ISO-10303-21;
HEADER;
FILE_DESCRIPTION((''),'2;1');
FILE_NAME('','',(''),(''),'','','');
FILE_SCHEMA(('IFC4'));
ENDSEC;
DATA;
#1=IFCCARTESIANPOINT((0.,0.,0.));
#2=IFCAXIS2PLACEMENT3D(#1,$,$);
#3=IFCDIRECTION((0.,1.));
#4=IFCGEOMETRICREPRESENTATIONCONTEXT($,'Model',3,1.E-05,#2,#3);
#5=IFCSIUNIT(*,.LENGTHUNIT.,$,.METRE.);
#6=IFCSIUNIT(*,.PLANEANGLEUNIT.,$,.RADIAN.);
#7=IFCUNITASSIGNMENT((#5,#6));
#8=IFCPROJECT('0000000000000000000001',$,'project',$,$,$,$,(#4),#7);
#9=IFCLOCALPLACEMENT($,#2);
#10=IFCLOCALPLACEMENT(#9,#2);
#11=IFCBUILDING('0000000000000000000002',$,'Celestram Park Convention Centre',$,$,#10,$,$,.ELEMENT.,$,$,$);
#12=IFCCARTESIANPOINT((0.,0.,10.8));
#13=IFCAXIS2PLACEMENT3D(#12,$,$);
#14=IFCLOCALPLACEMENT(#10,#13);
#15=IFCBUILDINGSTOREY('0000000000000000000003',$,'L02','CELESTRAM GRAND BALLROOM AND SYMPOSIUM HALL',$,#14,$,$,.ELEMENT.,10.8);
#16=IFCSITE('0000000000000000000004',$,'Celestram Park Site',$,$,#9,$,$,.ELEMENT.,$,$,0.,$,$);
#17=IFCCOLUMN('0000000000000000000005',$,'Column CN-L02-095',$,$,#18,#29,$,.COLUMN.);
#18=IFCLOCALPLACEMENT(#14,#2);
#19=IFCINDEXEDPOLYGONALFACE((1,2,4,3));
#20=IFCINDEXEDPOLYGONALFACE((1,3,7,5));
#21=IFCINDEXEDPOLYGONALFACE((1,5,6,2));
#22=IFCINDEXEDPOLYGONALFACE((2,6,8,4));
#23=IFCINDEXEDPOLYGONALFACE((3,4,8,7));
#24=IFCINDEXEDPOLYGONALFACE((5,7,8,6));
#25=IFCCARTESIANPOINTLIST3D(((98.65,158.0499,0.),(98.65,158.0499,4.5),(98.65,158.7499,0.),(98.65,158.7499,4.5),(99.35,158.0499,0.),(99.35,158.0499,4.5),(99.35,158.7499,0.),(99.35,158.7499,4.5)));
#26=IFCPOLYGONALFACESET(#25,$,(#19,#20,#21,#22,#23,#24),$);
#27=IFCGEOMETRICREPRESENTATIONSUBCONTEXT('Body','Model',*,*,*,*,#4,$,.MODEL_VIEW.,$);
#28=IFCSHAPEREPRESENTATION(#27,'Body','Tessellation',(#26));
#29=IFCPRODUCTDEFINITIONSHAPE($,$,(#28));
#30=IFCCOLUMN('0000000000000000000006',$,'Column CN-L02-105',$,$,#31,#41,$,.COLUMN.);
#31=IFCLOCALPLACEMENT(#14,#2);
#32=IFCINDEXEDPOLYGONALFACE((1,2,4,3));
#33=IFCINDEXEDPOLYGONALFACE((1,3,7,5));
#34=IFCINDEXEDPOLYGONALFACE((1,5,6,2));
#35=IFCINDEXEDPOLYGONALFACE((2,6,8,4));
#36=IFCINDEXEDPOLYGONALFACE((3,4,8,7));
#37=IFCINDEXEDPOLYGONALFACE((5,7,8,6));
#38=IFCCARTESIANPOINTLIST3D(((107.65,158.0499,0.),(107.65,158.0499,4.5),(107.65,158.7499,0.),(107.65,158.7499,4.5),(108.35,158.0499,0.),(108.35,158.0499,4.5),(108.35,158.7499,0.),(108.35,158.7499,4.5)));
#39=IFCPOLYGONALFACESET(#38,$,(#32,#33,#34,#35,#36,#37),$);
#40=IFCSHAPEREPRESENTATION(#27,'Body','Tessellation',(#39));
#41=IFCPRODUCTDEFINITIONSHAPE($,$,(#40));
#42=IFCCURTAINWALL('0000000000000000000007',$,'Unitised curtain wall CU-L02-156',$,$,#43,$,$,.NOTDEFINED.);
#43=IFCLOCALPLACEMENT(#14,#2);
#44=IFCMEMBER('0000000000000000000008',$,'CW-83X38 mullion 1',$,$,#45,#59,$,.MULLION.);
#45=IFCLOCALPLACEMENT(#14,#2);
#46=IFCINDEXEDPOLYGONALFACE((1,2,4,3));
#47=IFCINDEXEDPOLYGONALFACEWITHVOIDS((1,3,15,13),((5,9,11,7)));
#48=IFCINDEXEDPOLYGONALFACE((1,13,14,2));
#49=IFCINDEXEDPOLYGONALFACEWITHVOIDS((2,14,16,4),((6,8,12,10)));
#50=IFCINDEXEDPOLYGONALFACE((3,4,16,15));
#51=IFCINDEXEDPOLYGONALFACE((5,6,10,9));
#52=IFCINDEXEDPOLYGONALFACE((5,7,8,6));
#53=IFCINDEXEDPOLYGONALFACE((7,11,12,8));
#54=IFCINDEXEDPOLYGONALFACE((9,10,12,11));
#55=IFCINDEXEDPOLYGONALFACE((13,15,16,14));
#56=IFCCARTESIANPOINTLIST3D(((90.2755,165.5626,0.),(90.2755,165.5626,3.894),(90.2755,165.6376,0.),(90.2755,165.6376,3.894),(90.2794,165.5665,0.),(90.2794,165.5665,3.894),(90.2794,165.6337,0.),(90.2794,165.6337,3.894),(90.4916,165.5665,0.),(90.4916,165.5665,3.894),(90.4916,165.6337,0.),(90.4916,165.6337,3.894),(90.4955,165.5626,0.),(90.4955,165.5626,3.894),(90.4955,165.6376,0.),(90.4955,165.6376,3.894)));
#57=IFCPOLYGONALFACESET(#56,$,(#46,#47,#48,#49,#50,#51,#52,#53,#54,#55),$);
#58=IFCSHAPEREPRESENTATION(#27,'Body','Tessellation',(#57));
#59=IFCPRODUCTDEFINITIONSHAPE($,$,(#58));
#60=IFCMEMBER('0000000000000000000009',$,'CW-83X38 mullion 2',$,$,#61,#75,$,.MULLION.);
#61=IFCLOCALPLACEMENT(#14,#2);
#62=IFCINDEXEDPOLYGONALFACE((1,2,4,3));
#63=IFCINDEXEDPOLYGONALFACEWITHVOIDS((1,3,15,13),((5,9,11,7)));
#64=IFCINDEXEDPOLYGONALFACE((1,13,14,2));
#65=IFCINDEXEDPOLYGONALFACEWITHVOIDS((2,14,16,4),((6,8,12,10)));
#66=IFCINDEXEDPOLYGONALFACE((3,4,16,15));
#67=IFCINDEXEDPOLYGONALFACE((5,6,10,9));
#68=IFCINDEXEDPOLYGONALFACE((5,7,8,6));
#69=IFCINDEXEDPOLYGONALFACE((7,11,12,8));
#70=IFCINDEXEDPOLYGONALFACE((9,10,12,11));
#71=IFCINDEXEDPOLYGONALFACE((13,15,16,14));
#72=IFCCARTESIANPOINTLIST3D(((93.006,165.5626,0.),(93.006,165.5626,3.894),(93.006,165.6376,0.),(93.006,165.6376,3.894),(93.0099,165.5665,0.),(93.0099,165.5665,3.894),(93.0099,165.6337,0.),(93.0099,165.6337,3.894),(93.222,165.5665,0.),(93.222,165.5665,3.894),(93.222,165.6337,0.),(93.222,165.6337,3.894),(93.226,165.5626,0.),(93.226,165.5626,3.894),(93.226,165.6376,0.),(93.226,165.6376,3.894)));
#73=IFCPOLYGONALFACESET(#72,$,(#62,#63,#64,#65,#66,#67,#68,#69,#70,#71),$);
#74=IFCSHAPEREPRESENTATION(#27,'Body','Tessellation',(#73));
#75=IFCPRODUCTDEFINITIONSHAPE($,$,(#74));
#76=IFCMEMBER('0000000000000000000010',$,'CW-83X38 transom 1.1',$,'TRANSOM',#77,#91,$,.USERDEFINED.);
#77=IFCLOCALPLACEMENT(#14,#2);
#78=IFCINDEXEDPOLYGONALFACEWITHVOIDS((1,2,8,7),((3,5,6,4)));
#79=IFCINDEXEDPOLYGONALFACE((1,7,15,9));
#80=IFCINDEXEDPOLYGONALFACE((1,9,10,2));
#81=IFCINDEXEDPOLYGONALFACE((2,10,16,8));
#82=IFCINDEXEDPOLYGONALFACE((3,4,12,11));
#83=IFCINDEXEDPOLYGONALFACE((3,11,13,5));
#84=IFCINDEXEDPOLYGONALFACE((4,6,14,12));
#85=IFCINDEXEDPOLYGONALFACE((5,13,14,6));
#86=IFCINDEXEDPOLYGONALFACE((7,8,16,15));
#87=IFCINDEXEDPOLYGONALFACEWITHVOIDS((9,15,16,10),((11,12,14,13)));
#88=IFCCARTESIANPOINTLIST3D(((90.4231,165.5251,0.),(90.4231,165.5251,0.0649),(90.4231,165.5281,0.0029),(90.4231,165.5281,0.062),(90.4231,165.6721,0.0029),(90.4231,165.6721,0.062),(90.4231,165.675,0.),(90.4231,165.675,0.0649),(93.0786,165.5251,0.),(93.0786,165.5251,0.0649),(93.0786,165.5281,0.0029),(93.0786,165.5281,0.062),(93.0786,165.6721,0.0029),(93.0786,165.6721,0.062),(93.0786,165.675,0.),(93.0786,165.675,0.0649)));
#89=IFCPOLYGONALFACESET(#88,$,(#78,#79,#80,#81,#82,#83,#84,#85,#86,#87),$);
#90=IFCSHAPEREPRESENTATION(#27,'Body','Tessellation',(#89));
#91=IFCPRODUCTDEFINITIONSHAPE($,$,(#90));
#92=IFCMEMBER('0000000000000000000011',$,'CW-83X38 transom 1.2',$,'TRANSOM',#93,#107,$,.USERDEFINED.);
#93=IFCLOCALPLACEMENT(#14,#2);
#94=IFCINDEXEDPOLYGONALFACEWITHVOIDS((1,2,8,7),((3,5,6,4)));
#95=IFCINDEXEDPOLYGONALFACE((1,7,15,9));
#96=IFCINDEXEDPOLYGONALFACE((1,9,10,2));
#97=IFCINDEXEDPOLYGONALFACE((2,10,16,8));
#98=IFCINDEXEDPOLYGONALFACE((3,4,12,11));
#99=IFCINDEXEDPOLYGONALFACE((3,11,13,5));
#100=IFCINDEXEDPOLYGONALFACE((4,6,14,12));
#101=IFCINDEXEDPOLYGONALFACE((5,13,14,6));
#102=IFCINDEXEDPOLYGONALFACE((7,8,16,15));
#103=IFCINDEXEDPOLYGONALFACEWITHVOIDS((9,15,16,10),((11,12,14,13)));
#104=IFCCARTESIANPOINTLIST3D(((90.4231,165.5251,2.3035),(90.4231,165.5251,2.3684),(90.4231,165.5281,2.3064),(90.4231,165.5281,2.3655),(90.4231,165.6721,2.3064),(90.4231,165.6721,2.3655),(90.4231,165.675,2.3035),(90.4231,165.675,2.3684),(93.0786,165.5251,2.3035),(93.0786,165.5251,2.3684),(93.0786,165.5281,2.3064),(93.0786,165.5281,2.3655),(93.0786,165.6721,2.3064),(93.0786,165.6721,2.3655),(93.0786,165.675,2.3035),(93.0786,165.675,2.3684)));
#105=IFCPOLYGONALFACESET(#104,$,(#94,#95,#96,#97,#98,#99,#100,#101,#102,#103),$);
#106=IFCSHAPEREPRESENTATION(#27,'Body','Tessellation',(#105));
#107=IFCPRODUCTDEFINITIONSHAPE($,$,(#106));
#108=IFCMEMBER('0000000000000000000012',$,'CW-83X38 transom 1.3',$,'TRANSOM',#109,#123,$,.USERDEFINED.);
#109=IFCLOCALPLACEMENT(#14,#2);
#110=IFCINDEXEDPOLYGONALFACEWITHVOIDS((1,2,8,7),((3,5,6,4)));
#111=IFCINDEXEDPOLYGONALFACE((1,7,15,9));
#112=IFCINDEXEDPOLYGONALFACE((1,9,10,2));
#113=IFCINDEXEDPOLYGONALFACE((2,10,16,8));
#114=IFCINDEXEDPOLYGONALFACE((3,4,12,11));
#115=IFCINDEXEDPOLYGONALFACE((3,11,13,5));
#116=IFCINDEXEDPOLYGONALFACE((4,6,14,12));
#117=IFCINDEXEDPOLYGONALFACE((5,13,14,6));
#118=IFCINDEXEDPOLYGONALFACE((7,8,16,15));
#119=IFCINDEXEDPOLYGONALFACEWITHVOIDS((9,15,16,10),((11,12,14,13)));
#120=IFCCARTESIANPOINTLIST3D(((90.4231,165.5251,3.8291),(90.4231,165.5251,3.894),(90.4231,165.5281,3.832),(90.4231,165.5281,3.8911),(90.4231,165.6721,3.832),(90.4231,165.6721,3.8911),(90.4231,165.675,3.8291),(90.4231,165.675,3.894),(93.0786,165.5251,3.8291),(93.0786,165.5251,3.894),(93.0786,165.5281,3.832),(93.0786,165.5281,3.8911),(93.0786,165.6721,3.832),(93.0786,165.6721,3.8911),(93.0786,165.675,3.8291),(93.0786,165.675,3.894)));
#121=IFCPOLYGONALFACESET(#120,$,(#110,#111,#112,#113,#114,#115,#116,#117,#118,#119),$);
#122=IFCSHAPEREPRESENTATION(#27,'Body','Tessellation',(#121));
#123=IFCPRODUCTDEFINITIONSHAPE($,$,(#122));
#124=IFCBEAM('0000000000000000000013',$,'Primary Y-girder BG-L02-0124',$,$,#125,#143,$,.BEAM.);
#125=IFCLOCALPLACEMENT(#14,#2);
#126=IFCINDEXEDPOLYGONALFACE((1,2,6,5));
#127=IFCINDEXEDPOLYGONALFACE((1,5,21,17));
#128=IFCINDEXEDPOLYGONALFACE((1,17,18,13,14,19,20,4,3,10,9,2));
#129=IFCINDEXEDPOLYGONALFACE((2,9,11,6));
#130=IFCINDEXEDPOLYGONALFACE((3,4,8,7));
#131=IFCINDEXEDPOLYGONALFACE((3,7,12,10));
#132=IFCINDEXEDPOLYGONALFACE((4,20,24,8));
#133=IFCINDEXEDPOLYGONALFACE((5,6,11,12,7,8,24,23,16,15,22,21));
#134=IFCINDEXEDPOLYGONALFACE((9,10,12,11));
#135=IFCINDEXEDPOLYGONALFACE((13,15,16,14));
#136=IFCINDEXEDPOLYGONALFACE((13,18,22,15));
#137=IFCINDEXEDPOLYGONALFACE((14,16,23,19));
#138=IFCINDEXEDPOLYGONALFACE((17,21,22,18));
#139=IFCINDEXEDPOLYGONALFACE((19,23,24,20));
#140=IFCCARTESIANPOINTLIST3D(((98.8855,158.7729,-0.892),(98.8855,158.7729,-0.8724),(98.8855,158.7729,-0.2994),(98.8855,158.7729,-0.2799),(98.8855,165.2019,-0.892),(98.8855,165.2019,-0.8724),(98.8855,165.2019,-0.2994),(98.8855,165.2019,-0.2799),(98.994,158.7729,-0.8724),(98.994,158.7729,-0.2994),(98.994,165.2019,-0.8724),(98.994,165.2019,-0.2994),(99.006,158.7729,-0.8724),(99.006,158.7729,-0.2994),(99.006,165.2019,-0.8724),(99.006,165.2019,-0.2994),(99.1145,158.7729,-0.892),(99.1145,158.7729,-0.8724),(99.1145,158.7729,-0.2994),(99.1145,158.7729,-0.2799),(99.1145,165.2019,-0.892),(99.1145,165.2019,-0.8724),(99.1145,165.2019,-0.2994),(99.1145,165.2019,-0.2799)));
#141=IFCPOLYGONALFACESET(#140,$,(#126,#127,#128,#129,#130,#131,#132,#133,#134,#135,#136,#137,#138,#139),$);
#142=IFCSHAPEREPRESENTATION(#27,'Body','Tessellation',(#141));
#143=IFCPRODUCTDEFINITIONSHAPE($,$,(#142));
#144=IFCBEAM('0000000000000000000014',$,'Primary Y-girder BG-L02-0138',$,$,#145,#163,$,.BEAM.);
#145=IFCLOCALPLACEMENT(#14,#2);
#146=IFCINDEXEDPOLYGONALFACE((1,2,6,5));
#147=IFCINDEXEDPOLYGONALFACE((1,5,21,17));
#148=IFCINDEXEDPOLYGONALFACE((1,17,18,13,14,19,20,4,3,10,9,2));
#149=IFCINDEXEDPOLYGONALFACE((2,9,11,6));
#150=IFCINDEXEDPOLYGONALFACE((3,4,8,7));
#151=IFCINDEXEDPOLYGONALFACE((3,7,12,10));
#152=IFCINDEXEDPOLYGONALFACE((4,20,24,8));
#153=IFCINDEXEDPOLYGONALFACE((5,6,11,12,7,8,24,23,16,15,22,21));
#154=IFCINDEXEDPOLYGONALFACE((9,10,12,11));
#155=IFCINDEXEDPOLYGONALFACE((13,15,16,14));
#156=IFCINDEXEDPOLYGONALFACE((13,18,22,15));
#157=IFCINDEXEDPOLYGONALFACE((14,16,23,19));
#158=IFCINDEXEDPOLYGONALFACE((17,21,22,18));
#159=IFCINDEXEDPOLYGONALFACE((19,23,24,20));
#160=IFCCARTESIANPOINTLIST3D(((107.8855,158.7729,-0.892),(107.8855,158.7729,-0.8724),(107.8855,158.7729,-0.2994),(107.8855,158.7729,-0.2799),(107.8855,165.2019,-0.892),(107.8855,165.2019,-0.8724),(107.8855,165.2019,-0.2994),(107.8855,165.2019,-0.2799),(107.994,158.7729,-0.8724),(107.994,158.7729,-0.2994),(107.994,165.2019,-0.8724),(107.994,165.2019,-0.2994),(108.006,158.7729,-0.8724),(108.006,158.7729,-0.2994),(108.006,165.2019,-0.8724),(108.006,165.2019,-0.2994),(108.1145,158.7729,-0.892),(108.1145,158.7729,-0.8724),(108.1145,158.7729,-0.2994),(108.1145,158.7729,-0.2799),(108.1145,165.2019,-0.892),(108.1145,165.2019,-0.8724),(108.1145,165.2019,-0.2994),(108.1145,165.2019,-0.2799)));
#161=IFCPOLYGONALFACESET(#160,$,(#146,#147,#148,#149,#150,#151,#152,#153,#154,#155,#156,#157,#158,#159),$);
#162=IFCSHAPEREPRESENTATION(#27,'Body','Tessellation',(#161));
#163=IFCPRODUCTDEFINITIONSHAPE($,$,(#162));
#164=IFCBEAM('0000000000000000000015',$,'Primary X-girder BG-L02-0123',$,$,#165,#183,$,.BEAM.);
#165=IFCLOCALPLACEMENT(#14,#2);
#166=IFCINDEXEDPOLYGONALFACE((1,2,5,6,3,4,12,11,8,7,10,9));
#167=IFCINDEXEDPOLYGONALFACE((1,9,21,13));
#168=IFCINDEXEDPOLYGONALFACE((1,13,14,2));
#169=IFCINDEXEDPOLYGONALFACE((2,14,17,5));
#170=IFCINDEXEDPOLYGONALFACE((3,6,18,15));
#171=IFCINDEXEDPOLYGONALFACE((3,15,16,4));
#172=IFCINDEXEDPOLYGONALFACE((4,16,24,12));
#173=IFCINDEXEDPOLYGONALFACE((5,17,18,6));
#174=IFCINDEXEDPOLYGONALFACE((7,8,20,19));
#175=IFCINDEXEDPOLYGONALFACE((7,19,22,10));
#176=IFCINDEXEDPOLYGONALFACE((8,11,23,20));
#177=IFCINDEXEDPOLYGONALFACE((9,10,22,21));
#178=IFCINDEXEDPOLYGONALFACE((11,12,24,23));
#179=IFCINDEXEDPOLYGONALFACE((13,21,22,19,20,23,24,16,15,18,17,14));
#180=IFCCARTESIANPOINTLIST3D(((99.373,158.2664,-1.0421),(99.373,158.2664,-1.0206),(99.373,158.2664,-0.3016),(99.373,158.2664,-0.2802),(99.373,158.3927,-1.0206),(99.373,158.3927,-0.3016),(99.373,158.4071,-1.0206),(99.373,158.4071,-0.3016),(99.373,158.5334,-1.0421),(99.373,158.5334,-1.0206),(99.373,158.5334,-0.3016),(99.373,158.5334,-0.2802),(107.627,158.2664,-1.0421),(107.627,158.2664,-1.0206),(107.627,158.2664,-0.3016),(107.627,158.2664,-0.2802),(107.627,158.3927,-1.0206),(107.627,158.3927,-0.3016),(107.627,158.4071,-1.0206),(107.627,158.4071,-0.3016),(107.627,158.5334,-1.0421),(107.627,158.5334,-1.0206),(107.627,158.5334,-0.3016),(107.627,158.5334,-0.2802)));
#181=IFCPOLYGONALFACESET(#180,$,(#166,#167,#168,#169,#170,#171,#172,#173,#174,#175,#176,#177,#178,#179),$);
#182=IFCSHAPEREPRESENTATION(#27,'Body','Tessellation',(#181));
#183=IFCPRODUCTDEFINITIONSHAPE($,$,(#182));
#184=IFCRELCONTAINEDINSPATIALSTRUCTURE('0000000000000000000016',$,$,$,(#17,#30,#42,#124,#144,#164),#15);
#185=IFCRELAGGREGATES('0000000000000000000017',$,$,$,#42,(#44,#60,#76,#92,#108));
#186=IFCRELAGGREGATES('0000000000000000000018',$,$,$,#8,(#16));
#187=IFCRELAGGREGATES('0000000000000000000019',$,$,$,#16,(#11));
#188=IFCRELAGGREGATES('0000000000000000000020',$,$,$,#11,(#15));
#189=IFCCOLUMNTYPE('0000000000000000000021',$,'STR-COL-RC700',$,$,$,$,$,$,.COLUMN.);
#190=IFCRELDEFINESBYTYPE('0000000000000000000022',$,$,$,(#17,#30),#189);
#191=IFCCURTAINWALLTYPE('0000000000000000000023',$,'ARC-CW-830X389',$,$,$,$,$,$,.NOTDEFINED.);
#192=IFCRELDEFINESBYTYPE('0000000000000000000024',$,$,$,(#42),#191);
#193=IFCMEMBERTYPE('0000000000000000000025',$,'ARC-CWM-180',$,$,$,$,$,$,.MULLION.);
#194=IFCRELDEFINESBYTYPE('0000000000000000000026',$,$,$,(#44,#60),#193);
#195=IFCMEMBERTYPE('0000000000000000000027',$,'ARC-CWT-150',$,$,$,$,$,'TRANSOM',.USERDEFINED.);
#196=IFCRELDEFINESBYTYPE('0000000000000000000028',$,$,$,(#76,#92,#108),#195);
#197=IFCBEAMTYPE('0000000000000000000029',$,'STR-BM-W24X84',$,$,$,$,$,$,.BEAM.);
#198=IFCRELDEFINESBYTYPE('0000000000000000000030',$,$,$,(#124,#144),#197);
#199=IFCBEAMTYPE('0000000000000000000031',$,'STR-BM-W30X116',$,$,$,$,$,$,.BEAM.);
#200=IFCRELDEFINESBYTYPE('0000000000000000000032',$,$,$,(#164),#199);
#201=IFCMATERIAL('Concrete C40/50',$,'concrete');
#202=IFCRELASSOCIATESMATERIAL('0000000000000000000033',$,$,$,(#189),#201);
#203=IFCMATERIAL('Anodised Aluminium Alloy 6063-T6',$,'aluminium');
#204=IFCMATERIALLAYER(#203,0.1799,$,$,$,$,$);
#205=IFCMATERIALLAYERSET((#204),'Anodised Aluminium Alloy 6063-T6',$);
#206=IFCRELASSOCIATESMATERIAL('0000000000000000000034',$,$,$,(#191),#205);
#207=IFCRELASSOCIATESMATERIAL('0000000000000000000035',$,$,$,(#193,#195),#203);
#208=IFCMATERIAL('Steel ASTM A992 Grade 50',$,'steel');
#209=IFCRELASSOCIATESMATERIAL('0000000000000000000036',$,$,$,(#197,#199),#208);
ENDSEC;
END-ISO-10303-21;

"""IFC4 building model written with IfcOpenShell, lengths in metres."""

from ifc_helpers import new_model, si_unit, direction, frame, origin, origin_2d, place, context, subcontext, project, spatial, rectangle, hollow_rectangle, i_section, extrude, material, layer, layer_set, material_profile, profile_set, type_object, element, aggregate, save


model = new_model("IFC4")

# Units and contexts
model_context = context("Model", 3, precision=1e-05, world=origin(), true_north=direction((0.0, 1.0)))
body_context = subcontext(model_context, "Body", "Model", "MODEL_VIEW")
ifc_project = project(units=[si_unit("LENGTHUNIT", "METRE"), si_unit("PLANEANGLEUNIT", "RADIAN")], contexts=[model_context])

# Site, building, storey
site_placement = place(None, origin())
site = spatial("IfcSite", under=ifc_project, at=site_placement, Name="Celestram Park Site", CompositionType="ELEMENT", RefElevation=0.0)
building_placement = place(site_placement, origin())
building = spatial("IfcBuilding", under=site, at=building_placement, Name="Celestram Park Convention Centre", CompositionType="ELEMENT")
storey_placement = place(building_placement, frame((0.0, 0.0, 10.8)))
storey = spatial("IfcBuildingStorey", under=building, at=storey_placement, Name="L02", Description="CELESTRAM GRAND BALLROOM AND SYMPOSIUM HALL", CompositionType="ELEMENT", Elevation=10.8)

# Columns
ifc_material_1 = material(Name="Concrete C40/50", Category="concrete")
ifc_material_profile_1 = material_profile(ifc_material_1, rectangle(XDim=0.7, YDim=0.7, at=origin_2d()), Name="RC700X700")
ifc_profile_set_1 = profile_set([ifc_material_profile_1], Name="Concrete C40/50")
column_type = type_object("IfcColumnType", Name="STR-COL-RC700", PredefinedType="COLUMN", material=ifc_profile_set_1)
for number, where, z_axis, x_axis, name in (
    (1, (99.0, 158.3999, 0.0), (0.0, 0.0, 1.0), (1.0, 0.0, 0.0), "Column CN-L02-095"),
    (2, (108.0, 158.3999, 0.0), (0.0, 0.0, 1.0), (1.0, 0.0, 0.0), "Column CN-L02-105"),
):
    element("IfcColumn", number, at=place(storey_placement, frame(where, z_axis=z_axis, x_axis=x_axis)), inside=storey, type_object=column_type, Name=name, PredefinedType="COLUMN", context=body_context, shape_type="SweptSolid", body=[
        extrude(rectangle(XDim=0.7, YDim=0.7, at=origin_2d()), origin(), (0.0, 0.0, 1.0), 4.5),
    ])

# Curtain wall, members
ifc_material_2 = material(Name="Anodised Aluminium Alloy 6063-T6", Category="aluminium")
ifc_layer_1 = layer(ifc_material_2, 0.1799)
ifc_layer_set_1 = layer_set([ifc_layer_1], Name="Anodised Aluminium Alloy 6063-T6")
curtain_wall_type = type_object("IfcCurtainWallType", Name="ARC-CW-830X389", PredefinedType="NOTDEFINED", material=ifc_layer_set_1)
curtain_wall_placement = place(storey_placement, origin())
curtain_wall = element("IfcCurtainWall", 3, at=curtain_wall_placement, inside=storey, type_object=curtain_wall_type, Name="Unitised curtain wall CU-L02-156", PredefinedType="NOTDEFINED")
ifc_material_profile_2 = material_profile(ifc_material_2, hollow_rectangle(XDim=0.075, YDim=0.22, WallThickness=0.0039, at=origin_2d()), Name="ALU75X220X4")
ifc_profile_set_2 = profile_set([ifc_material_profile_2], Name="Anodised Aluminium Alloy 6063-T6")
member_type_1 = type_object("IfcMemberType", Name="ARC-CWM-180", PredefinedType="MULLION", material=ifc_profile_set_2)
member_1_placement = place(storey_placement, frame((90.3855, 165.6001, 0.0), z_axis=(0.0, 0.0, 1.0), x_axis=(0.0, 1.0, 0.0)))
member_1 = element("IfcMember", 4, at=member_1_placement, type_object=member_type_1, Name="CW-83X38 mullion 1", PredefinedType="MULLION", context=body_context, shape_type="SweptSolid", body=[
    extrude(hollow_rectangle(XDim=0.075, YDim=0.22, WallThickness=0.0039, at=origin_2d()), origin(), (0.0, 0.0, 1.0), 3.894),
])
member_2_placement = place(storey_placement, frame((93.116, 165.6001, 0.0), z_axis=(0.0, 0.0, 1.0), x_axis=(0.0, 1.0, 0.0)))
member_2 = element("IfcMember", 5, at=member_2_placement, type_object=member_type_1, Name="CW-83X38 mullion 2", PredefinedType="MULLION", context=body_context, shape_type="SweptSolid", body=[
    extrude(hollow_rectangle(XDim=0.075, YDim=0.22, WallThickness=0.0039, at=origin_2d()), origin(), (0.0, 0.0, 1.0), 3.894),
])
ifc_material_profile_3 = material_profile(ifc_material_2, hollow_rectangle(XDim=0.1499, YDim=0.0649, WallThickness=0.0029, at=origin_2d()), Name="ALU150X65X3")
ifc_profile_set_3 = profile_set([ifc_material_profile_3], Name="Anodised Aluminium Alloy 6063-T6")
member_type_2 = type_object("IfcMemberType", Name="ARC-CWT-150", ElementType="TRANSOM", PredefinedType="USERDEFINED", material=ifc_profile_set_3)
member_3_placement = place(storey_placement, frame((90.4231, 165.6001, 0.0325), z_axis=(1.0, 0.0, 0.0), x_axis=(0.0, 1.0, 0.0)))
member_3 = element("IfcMember", 6, at=member_3_placement, type_object=member_type_2, Name="CW-83X38 transom 1.1", ObjectType="TRANSOM", PredefinedType="USERDEFINED", context=body_context, shape_type="SweptSolid", body=[
    extrude(hollow_rectangle(XDim=0.1499, YDim=0.0649, WallThickness=0.0029, at=origin_2d()), origin(), (0.0, 0.0, 1.0), 2.6555),
])
member_4_placement = place(storey_placement, frame((90.4231, 165.6001, 2.3359), z_axis=(1.0, 0.0, 0.0), x_axis=(0.0, 1.0, 0.0)))
member_4 = element("IfcMember", 7, at=member_4_placement, type_object=member_type_2, Name="CW-83X38 transom 1.2", ObjectType="TRANSOM", PredefinedType="USERDEFINED", context=body_context, shape_type="SweptSolid", body=[
    extrude(hollow_rectangle(XDim=0.1499, YDim=0.0649, WallThickness=0.0029, at=origin_2d()), origin(), (0.0, 0.0, 1.0), 2.6555),
])
member_5_placement = place(storey_placement, frame((90.4231, 165.6001, 3.8616), z_axis=(1.0, 0.0, 0.0), x_axis=(0.0, 1.0, 0.0)))
member_5 = element("IfcMember", 8, at=member_5_placement, type_object=member_type_2, Name="CW-83X38 transom 1.3", ObjectType="TRANSOM", PredefinedType="USERDEFINED", context=body_context, shape_type="SweptSolid", body=[
    extrude(hollow_rectangle(XDim=0.1499, YDim=0.0649, WallThickness=0.0029, at=origin_2d()), origin(), (0.0, 0.0, 1.0), 2.6555),
])

# Beams
ifc_material_3 = material(Name="Steel ASTM A992 Grade 50", Category="steel")
ifc_material_profile_4 = material_profile(ifc_material_3, i_section(OverallWidth=0.229, OverallDepth=0.6121, WebThickness=0.012, FlangeThickness=0.0195, at=origin_2d()), Name="W24X84")
ifc_profile_set_4 = profile_set([ifc_material_profile_4], Name="Steel ASTM A992 Grade 50")
beam_type_1 = type_object("IfcBeamType", Name="STR-BM-W24X84", PredefinedType="BEAM", material=ifc_profile_set_4)
for number, where, z_axis, x_axis, name in (
    (9, (99.0, 158.7729, -0.5859), (0.0, 1.0, 0.0), (-1.0, 0.0, 0.0), "Primary Y-girder BG-L02-0124"),
    (10, (108.0, 158.7729, -0.5859), (0.0, 1.0, 0.0), (-1.0, 0.0, 0.0), "Primary Y-girder BG-L02-0138"),
):
    element("IfcBeam", number, at=place(storey_placement, frame(where, z_axis=z_axis, x_axis=x_axis)), inside=storey, type_object=beam_type_1, Name=name, PredefinedType="BEAM", context=body_context, shape_type="SweptSolid", body=[
        extrude(i_section(OverallWidth=0.229, OverallDepth=0.6121, WebThickness=0.012, FlangeThickness=0.0195, at=origin_2d()), origin(), (0.0, 0.0, 1.0), 6.429),
    ])
ifc_material_profile_5 = material_profile(ifc_material_3, i_section(OverallWidth=0.2671, OverallDepth=0.762, WebThickness=0.0144, FlangeThickness=0.0215, at=origin_2d()), Name="W30X116")
ifc_profile_set_5 = profile_set([ifc_material_profile_5], Name="Steel ASTM A992 Grade 50")
beam_type_2 = type_object("IfcBeamType", Name="STR-BM-W30X116", PredefinedType="BEAM", material=ifc_profile_set_5)
beam_1_placement = place(storey_placement, frame((99.373, 158.3999, -0.6611), z_axis=(1.0, 0.0, 0.0), x_axis=(0.0, 1.0, 0.0)))
element("IfcBeam", 11, at=beam_1_placement, inside=storey, type_object=beam_type_2, Name="Primary X-girder BG-L02-0123", PredefinedType="BEAM", context=body_context, shape_type="SweptSolid", body=[
    extrude(i_section(OverallWidth=0.2671, OverallDepth=0.762, WebThickness=0.0144, FlangeThickness=0.0215, at=origin_2d()), origin(), (0.0, 0.0, 1.0), 8.2539),
])

aggregate(curtain_wall, [member_1, member_2, member_3, member_4, member_5])

save(model, "model.ifc")
